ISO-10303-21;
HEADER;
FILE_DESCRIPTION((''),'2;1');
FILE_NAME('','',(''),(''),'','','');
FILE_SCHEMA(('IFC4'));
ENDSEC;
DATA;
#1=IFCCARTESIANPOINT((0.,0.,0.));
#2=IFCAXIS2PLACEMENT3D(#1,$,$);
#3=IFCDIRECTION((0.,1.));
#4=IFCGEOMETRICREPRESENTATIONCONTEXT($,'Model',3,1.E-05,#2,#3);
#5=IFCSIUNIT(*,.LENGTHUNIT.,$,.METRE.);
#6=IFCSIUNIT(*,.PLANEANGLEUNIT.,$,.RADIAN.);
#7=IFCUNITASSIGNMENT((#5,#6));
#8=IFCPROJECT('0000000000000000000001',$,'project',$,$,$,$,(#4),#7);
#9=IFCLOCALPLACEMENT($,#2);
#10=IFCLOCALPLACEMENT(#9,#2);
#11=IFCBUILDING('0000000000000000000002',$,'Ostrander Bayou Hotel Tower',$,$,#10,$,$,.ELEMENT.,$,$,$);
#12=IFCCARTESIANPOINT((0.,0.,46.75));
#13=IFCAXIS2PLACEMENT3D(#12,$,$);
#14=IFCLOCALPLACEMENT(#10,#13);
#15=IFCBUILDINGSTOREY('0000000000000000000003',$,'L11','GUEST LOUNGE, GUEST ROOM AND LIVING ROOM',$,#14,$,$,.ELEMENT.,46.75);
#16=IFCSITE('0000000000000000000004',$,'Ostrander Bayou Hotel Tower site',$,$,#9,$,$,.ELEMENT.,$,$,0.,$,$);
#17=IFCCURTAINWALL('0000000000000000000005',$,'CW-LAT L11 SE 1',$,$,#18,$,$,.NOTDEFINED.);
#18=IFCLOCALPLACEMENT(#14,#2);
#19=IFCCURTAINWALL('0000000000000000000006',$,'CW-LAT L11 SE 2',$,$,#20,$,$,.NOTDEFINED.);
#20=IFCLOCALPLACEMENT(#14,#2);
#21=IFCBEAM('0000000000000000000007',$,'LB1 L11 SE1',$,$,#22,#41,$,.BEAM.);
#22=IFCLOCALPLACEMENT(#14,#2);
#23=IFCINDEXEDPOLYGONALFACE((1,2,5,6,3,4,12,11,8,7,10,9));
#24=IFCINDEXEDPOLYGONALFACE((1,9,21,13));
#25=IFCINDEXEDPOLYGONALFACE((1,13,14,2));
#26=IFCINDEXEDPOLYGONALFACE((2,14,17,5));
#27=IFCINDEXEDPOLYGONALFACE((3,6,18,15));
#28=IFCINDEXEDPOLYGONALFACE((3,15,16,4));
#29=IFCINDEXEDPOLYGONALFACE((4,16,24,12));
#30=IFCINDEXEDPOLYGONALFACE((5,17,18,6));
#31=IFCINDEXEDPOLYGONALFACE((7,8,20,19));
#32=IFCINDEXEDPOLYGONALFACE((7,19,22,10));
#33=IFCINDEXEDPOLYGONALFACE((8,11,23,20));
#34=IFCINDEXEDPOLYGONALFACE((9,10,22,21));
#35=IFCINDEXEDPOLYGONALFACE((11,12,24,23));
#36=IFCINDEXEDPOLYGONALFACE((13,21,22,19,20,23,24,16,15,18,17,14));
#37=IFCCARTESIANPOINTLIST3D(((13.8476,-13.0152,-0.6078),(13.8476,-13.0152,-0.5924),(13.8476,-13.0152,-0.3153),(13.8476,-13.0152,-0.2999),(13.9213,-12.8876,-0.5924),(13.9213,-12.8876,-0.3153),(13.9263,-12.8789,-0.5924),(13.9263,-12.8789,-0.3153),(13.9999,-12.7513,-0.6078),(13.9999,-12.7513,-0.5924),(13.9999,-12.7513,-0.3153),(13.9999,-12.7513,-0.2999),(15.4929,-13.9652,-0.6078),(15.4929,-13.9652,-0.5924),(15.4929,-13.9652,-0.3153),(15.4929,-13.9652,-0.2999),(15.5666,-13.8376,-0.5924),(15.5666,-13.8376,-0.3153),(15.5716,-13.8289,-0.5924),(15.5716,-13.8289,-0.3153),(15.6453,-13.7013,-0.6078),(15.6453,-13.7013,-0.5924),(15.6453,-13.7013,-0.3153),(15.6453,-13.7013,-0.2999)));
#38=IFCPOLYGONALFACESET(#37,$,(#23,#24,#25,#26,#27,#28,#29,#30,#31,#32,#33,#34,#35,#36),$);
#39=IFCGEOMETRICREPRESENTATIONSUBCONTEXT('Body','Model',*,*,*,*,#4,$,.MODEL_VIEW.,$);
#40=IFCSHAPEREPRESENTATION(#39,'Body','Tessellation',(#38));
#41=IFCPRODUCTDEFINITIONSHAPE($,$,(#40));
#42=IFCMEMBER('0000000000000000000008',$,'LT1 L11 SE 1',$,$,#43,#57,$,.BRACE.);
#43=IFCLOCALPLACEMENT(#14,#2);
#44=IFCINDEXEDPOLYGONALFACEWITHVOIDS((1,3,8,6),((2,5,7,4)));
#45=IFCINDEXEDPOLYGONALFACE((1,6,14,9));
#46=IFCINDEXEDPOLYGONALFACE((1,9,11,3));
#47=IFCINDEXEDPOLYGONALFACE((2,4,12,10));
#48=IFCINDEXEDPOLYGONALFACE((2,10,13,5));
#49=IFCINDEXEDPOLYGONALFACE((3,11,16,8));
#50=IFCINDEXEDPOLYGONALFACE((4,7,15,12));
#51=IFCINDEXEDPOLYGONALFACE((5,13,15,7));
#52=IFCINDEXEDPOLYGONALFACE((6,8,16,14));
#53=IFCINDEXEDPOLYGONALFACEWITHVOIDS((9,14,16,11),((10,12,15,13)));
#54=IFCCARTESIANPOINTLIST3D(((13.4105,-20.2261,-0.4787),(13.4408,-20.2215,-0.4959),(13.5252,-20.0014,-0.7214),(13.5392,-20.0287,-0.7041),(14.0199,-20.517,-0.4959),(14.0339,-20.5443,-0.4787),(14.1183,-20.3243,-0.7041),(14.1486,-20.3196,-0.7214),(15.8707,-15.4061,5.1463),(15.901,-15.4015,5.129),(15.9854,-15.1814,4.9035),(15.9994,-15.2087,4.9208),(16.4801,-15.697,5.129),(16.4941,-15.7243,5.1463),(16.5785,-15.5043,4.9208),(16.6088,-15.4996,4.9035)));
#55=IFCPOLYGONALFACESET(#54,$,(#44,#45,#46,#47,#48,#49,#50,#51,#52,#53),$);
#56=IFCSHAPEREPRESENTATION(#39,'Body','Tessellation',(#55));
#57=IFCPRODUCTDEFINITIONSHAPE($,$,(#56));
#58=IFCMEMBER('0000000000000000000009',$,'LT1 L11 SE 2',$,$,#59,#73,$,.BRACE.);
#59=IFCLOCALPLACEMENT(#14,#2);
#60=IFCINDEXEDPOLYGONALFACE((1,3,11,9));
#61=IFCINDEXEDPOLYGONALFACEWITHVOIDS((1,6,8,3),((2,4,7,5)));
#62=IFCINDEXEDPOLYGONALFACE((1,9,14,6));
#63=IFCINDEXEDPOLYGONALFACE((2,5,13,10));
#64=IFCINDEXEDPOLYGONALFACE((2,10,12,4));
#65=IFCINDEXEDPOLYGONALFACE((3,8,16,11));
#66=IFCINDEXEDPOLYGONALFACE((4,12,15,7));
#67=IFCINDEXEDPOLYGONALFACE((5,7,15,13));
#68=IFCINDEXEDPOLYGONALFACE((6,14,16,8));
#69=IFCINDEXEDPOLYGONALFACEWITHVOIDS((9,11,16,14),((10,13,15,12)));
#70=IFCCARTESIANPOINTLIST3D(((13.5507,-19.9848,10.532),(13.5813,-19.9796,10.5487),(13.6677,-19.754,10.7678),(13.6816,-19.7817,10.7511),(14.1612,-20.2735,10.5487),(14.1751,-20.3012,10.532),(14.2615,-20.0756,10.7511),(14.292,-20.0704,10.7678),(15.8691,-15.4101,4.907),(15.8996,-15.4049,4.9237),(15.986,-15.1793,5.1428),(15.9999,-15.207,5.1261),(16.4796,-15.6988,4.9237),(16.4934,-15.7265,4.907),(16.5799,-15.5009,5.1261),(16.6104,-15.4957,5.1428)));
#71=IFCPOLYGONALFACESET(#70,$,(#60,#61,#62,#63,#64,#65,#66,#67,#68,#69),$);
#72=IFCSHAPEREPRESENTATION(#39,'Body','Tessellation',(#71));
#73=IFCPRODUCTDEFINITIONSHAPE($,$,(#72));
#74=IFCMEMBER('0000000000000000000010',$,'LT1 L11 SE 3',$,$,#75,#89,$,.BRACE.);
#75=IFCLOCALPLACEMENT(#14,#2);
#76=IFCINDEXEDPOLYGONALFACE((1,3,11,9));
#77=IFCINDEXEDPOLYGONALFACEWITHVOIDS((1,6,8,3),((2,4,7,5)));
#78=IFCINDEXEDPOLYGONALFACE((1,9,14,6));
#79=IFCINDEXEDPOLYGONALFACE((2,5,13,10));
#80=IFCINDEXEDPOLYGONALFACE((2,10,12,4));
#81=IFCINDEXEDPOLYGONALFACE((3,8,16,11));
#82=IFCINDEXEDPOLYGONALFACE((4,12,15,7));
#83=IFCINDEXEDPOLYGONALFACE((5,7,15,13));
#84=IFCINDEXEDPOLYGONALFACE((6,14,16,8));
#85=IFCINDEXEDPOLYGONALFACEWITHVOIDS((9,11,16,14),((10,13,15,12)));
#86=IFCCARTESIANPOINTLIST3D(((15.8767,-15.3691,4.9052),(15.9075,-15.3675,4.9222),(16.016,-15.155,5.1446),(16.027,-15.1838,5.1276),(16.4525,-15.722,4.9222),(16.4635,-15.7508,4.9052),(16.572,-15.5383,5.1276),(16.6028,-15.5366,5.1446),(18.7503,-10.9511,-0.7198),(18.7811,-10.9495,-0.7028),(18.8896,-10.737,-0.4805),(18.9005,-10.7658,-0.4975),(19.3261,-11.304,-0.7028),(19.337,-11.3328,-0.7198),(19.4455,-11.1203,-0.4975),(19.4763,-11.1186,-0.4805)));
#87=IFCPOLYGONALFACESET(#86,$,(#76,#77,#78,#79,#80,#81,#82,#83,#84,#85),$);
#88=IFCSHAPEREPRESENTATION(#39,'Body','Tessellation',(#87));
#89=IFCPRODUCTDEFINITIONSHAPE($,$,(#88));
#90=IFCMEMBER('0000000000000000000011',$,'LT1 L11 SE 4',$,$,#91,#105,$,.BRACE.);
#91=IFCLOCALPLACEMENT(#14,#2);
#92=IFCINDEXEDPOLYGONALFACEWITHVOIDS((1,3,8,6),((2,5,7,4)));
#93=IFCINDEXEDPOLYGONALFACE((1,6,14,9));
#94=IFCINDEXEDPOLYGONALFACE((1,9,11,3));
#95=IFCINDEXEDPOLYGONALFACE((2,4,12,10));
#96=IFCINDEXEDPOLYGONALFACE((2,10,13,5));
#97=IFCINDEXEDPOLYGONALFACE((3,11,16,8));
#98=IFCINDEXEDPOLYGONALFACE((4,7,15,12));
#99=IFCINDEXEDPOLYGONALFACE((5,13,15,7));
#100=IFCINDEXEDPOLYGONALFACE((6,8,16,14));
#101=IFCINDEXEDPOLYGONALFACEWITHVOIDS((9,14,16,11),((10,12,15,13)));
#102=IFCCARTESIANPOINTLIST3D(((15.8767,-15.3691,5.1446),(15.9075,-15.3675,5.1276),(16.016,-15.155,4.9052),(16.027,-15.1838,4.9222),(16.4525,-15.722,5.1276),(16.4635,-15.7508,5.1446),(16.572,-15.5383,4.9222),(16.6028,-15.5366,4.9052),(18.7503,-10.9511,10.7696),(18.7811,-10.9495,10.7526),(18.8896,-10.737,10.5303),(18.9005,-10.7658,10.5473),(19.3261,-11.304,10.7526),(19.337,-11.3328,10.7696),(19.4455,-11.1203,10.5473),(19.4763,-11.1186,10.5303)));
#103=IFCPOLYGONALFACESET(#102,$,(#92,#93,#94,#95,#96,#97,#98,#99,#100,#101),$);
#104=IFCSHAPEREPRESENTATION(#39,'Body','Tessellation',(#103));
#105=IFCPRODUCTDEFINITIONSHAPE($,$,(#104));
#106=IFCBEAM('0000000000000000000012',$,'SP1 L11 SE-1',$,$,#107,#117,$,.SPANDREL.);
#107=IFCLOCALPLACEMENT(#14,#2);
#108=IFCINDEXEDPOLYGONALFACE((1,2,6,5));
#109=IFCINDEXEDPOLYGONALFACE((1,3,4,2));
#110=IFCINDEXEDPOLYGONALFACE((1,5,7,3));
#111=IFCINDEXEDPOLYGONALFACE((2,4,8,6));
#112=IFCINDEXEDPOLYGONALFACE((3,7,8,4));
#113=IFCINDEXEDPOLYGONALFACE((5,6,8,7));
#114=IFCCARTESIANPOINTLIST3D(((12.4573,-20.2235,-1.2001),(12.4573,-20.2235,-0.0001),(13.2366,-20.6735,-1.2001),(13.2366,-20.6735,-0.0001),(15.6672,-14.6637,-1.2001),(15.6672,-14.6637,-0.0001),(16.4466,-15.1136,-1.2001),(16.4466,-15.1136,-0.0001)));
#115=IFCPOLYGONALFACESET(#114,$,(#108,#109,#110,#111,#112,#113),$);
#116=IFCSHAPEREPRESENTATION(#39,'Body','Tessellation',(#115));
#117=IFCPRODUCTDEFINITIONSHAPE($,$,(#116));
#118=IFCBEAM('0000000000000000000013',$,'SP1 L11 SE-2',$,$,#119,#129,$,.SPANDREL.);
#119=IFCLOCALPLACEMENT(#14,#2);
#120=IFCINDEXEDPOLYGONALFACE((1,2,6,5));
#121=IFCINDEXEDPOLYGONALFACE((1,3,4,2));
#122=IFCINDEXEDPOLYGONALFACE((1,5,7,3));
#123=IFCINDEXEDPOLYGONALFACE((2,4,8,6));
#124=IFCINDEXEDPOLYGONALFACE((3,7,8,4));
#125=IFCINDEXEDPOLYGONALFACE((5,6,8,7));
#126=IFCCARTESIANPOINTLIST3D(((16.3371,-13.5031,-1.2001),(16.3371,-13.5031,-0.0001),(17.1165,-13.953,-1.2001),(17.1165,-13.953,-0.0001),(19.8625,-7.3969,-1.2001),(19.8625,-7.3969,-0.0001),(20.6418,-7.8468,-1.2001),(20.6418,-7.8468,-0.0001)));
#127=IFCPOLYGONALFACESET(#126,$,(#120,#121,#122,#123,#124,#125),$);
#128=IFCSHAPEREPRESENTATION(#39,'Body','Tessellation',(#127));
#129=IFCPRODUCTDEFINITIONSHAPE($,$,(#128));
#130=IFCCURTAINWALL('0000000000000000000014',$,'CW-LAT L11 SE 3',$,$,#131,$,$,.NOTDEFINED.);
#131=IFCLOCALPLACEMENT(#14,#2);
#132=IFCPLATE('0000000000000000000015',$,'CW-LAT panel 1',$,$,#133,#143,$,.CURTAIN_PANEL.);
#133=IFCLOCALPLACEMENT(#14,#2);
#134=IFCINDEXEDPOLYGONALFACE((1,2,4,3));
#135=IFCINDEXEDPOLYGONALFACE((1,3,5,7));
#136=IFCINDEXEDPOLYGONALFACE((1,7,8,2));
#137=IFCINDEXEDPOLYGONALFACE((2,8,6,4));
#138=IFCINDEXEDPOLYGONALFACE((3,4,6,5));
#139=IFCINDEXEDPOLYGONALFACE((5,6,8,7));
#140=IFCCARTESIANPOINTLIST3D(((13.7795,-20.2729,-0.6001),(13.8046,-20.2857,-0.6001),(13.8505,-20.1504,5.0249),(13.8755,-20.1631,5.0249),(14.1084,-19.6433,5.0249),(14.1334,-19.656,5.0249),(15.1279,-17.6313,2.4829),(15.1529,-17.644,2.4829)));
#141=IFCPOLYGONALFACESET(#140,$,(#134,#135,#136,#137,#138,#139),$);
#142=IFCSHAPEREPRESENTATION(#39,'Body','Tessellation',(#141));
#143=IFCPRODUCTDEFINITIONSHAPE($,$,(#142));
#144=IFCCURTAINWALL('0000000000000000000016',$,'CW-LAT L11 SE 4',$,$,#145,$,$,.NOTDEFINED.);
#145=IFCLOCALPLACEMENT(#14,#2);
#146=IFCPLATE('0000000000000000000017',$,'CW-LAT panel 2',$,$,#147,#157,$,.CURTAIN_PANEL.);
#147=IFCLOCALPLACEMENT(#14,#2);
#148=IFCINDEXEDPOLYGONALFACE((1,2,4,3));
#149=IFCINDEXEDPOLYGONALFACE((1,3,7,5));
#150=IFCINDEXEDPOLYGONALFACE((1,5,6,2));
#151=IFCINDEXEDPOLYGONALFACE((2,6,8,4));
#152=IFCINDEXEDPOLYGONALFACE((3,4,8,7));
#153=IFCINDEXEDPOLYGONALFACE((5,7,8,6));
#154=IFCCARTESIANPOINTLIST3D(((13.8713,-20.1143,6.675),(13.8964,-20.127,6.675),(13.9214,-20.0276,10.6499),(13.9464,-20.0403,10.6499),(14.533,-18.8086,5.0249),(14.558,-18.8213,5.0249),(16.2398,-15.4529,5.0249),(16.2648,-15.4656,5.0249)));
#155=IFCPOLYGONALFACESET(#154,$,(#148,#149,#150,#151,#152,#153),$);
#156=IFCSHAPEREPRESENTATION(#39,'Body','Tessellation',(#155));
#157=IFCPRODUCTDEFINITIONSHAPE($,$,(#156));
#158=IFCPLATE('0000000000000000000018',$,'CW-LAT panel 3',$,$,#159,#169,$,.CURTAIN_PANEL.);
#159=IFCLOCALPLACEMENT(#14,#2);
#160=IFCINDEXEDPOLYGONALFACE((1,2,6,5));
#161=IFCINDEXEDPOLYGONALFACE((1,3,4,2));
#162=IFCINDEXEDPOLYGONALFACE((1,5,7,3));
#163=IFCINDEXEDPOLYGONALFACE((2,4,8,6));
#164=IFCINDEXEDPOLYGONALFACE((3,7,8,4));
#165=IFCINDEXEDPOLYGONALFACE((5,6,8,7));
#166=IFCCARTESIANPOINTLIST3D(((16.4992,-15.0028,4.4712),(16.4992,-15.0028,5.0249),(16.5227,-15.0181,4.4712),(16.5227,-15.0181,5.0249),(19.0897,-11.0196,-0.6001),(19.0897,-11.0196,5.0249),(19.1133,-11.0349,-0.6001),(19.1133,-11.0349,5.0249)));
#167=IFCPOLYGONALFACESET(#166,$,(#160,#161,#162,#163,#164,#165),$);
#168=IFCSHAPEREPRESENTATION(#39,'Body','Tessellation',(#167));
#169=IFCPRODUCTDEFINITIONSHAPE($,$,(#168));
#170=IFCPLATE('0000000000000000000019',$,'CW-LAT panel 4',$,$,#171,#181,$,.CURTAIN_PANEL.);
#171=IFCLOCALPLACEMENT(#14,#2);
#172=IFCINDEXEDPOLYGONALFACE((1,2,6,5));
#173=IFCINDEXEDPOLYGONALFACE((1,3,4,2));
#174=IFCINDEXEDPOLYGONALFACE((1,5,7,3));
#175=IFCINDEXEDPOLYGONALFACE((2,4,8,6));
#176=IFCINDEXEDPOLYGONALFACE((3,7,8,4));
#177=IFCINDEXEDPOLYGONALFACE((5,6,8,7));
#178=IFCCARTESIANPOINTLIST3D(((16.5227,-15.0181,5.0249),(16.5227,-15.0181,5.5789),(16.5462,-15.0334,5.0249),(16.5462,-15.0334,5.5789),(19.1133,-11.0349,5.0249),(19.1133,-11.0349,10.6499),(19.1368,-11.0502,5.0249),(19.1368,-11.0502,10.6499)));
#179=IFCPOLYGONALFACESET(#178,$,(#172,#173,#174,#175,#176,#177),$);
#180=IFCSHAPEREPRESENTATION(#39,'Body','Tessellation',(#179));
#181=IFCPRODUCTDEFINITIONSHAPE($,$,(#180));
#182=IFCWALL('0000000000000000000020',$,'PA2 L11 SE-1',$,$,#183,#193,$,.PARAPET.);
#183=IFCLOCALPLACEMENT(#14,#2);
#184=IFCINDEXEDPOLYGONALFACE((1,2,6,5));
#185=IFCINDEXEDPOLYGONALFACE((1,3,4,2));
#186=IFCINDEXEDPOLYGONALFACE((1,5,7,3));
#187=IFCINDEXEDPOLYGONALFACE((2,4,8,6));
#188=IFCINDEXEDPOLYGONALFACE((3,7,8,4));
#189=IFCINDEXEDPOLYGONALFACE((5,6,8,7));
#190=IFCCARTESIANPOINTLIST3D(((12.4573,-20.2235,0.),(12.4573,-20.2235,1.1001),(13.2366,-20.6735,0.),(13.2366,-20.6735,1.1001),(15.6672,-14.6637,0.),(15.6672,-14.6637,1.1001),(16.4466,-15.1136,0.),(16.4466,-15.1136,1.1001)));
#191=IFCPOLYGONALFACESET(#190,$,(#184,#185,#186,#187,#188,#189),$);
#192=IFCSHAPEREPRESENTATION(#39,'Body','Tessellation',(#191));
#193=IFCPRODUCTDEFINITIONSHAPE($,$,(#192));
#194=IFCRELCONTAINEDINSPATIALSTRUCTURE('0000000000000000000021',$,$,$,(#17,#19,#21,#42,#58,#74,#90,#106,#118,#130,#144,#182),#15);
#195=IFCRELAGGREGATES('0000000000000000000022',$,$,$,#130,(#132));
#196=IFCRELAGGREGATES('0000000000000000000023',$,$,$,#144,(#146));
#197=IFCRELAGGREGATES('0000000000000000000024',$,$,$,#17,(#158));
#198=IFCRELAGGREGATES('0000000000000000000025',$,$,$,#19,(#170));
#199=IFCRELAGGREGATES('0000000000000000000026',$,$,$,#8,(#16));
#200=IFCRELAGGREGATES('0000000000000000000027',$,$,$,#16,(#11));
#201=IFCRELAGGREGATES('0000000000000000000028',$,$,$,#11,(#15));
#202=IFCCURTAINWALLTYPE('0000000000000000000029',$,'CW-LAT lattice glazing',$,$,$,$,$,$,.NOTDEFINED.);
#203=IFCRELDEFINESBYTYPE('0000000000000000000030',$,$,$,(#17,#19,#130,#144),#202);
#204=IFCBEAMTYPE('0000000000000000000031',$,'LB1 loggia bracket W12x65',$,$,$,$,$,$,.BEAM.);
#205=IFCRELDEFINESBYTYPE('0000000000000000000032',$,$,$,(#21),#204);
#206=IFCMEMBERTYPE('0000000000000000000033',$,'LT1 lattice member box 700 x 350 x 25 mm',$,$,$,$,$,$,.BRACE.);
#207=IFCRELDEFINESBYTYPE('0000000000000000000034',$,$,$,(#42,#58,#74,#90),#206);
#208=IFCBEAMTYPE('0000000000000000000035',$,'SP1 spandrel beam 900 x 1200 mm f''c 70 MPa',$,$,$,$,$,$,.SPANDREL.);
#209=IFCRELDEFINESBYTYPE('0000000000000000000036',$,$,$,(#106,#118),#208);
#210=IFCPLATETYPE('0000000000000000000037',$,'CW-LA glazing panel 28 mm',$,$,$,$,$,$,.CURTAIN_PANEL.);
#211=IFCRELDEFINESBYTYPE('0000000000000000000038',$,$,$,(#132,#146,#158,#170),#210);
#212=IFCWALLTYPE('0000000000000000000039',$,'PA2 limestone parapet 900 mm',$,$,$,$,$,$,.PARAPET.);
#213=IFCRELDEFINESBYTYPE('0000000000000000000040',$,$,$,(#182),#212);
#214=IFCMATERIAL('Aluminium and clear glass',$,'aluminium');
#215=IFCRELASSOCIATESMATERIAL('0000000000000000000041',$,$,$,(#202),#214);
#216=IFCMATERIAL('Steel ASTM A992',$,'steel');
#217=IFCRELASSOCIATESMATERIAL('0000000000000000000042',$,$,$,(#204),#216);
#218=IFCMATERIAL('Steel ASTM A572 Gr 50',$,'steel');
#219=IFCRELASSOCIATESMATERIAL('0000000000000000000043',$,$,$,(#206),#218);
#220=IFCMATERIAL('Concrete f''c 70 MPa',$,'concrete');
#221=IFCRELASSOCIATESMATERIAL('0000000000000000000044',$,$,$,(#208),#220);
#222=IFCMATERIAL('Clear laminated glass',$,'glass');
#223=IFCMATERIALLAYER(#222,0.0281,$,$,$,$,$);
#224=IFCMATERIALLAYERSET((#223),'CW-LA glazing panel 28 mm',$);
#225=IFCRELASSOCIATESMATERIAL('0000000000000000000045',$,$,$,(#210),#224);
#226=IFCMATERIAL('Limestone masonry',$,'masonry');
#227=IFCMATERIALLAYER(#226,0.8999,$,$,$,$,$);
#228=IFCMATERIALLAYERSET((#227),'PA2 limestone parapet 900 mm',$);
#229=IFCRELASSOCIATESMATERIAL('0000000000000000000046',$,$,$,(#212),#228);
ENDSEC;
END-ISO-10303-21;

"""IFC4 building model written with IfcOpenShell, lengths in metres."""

from ifc_helpers import new_model, si_unit, direction, frame, frame_2d, origin, origin_2d, place, context, subcontext, project, spatial, polyline, rectangle, hollow_rectangle, i_section, outline, extrude, material, layer, layer_set, material_profile, profile_set, type_object, element, aggregate, save


model = new_model("IFC4")

# Units and contexts
model_context = context("Model", 3, precision=1e-05, world=origin(), true_north=direction((0.0, 1.0)))
body_context = subcontext(model_context, "Body", "Model", "MODEL_VIEW")
ifc_project = project(units=[si_unit("LENGTHUNIT", "METRE"), si_unit("PLANEANGLEUNIT", "RADIAN")], contexts=[model_context])

# Site, building, storey
site_placement = place(None, origin())
site = spatial("IfcSite", under=ifc_project, at=site_placement, Name="Ostrander Bayou Hotel Tower site", CompositionType="ELEMENT", RefElevation=0.0)
building_placement = place(site_placement, origin())
building = spatial("IfcBuilding", under=site, at=building_placement, Name="Ostrander Bayou Hotel Tower", CompositionType="ELEMENT")
storey_placement = place(building_placement, frame((0.0, 0.0, 46.75)))
storey = spatial("IfcBuildingStorey", under=building, at=storey_placement, Name="L11", Description="GUEST LOUNGE, GUEST ROOM AND LIVING ROOM", CompositionType="ELEMENT", Elevation=46.75)

# Curtain walls
ifc_material_1 = material(Name="Aluminium and clear glass", Category="aluminium")
curtain_wall_type = type_object("IfcCurtainWallType", Name="CW-LAT lattice glazing", PredefinedType="NOTDEFINED", material=ifc_material_1)
curtain_wall_1_placement = place(storey_placement, origin())
curtain_wall_1 = element("IfcCurtainWall", 1, at=curtain_wall_1_placement, inside=storey, type_object=curtain_wall_type, Name="CW-LAT L11 SE 1", PredefinedType="NOTDEFINED")
curtain_wall_2_placement = place(storey_placement, origin())
curtain_wall_2 = element("IfcCurtainWall", 2, at=curtain_wall_2_placement, inside=storey, type_object=curtain_wall_type, Name="CW-LAT L11 SE 2", PredefinedType="NOTDEFINED")

# Beam
ifc_material_2 = material(Name="Steel ASTM A992", Category="steel")
ifc_material_profile_1 = material_profile(ifc_material_2, i_section(OverallWidth=0.3047, OverallDepth=0.3079, WebThickness=0.01, FlangeThickness=0.0154, at=origin_2d()))
ifc_profile_set_1 = profile_set([ifc_material_profile_1], Name="Steel ASTM A992")
beam_type_1 = type_object("IfcBeamType", Name="LB1 loggia bracket W12x65", PredefinedType="BEAM", material=ifc_profile_set_1)
beam_1_placement = place(storey_placement, frame((15.5691, -13.8333, -0.4539), z_axis=(-0.866012, 0.500023, 0.0), x_axis=(-0.500023, -0.866012, 0.0)))
element("IfcBeam", 3, at=beam_1_placement, inside=storey, type_object=beam_type_1, Name="LB1 L11 SE1", PredefinedType="BEAM", context=body_context, shape_type="SweptSolid", body=[
    extrude(i_section(OverallWidth=0.3047, OverallDepth=0.3079, WebThickness=0.01, FlangeThickness=0.0154, at=origin_2d()), origin(), (0.0, 0.0, 1.0), 1.8999),
])

# Members
ifc_material_3 = material(Name="Steel ASTM A572 Gr 50", Category="steel")
ifc_material_profile_2 = material_profile(ifc_material_3, hollow_rectangle(XDim=0.7, YDim=0.3501, WallThickness=0.0249, at=origin_2d()))
ifc_profile_set_2 = profile_set([ifc_material_profile_2], Name="Steel ASTM A572 Gr 50")
member_type_1 = type_object("IfcMemberType", Name="LT1 lattice member box 700 x 350 x 25 mm", PredefinedType="BRACE", material=ifc_profile_set_2)
member_1_placement = place(storey_placement, frame((16.2397, -15.4529, 5.0249), z_axis=(-0.315187, -0.61752, -0.720643), x_axis=(0.890688, -0.454615, 0.0)))
element("IfcMember", 4, at=member_1_placement, inside=storey, type_object=member_type_1, Name="LT1 L11 SE 1", PredefinedType="BRACE", context=body_context, shape_type="SweptSolid", body=[
    extrude(hollow_rectangle(XDim=0.7, YDim=0.3501, WallThickness=0.0249, at=origin_2d()), origin(), (0.0, 0.0, 1.0), 7.8054),
])
member_2_placement = place(storey_placement, frame((16.2397, -15.4529, 5.0249), z_axis=(-0.304564, -0.600982, 0.73896), x_axis=(0.891996, -0.452044, 0.0)))
element("IfcMember", 5, at=member_2_placement, inside=storey, type_object=member_type_1, Name="LT1 L11 SE 2", PredefinedType="BRACE", context=body_context, shape_type="SweptSolid", body=[
    extrude(hollow_rectangle(XDim=0.7, YDim=0.3501, WallThickness=0.0249, at=origin_2d()), origin(), (0.0, 0.0, 1.0), 7.6121),
])
for number, where, z_axis, x_axis, name in (
    (6, (16.2397, -15.4529, 5.0249), (0.37279, 0.573152, -0.729743), (-0.838283, 0.545236, 0.0), "LT1 L11 SE 3"),
    (7, (16.2397, -15.4529, 5.0249), (0.37279, 0.573152, 0.729743), (-0.838283, 0.545236, 0.0), "LT1 L11 SE 4"),
):
    element("IfcMember", number, at=place(storey_placement, frame(where, z_axis=z_axis, x_axis=x_axis)), inside=storey, type_object=member_type_1, Name=name, PredefinedType="BRACE", context=body_context, shape_type="SweptSolid", body=[
        extrude(hollow_rectangle(XDim=0.7, YDim=0.3501, WallThickness=0.0249, at=origin_2d()), origin(), (0.0, 0.0, 1.0), 7.7083),
    ])

# Beams
ifc_material_4 = material(Name="Concrete f'c 70 MPa", Category="concrete")
ifc_material_profile_3 = material_profile(ifc_material_4, rectangle(XDim=0.8999, YDim=1.2, at=origin_2d()))
ifc_profile_set_3 = profile_set([ifc_material_profile_3], Name="Concrete f'c 70 MPa")
beam_type_2 = type_object("IfcBeamType", Name="SP1 spandrel beam 900 x 1200 mm f'c 70 MPa", PredefinedType="SPANDREL", material=ifc_profile_set_3)
beam_2_placement = place(storey_placement, frame((12.8469, -20.4485, -0.6001), z_axis=(0.5, 0.866025, 0.0), x_axis=(-0.866025, 0.5, 0.0)))
element("IfcBeam", 8, at=beam_2_placement, inside=storey, type_object=beam_type_2, Name="SP1 L11 SE-1", PredefinedType="SPANDREL", context=body_context, shape_type="SweptSolid", body=[
    extrude(rectangle(XDim=0.8999, YDim=1.2, at=origin_2d()), origin(), (0.0, 0.0, 1.0), 6.4199),
])
beam_3_placement = place(storey_placement, frame((16.7268, -13.728, -0.6001), z_axis=(0.499997, 0.866027, 0.0), x_axis=(-0.866027, 0.499997, 0.0)))
element("IfcBeam", 9, at=beam_3_placement, inside=storey, type_object=beam_type_2, Name="SP1 L11 SE-2", PredefinedType="SPANDREL", context=body_context, shape_type="SweptSolid", body=[
    extrude(rectangle(XDim=0.8999, YDim=1.2, at=origin_2d()), origin(), (0.0, 0.0, 1.0), 7.0508),
])

# Curtain walls, plates
curtain_wall_3_placement = place(storey_placement, origin())
curtain_wall_3 = element("IfcCurtainWall", 10, at=curtain_wall_3_placement, inside=storey, type_object=curtain_wall_type, Name="CW-LAT L11 SE 3", PredefinedType="NOTDEFINED")
ifc_material_5 = material(Name="Clear laminated glass", Category="glass")
ifc_layer_1 = layer(ifc_material_5, 0.0281)
ifc_layer_set_1 = layer_set([ifc_layer_1], Name="CW-LA glazing panel 28 mm")
plate_type = type_object("IfcPlateType", Name="CW-LA glazing panel 28 mm", PredefinedType="CURTAIN_PANEL", material=ifc_layer_set_1)
plate_1_placement = place(storey_placement, frame((13.7795, -20.2729, -0.6001), z_axis=(-0.891332, 0.453349, 0.001364), x_axis=(0.012612, 0.021788, 0.999683)))
plate_1 = element("IfcPlate", 11, at=plate_1_placement, type_object=plate_type, Name="CW-LAT panel 1", PredefinedType="CURTAIN_PANEL", context=body_context, shape_type="SweptSolid", body=[
    extrude(outline(polyline([(0.0, 0.0), (5.6268, 0.0), (5.6411, 0.5687), (3.1566, 2.8874), (0.0, 0.0)])), origin(), (0.0, 0.0, -1.0), 0.0281),
])
aggregate(curtain_wall_3, [plate_1])
curtain_wall_4_placement = place(storey_placement, origin())
curtain_wall_4 = element("IfcCurtainWall", 12, at=curtain_wall_4_placement, inside=storey, type_object=curtain_wall_type, Name="CW-LAT L11 SE 4", PredefinedType="NOTDEFINED")
plate_2_placement = place(storey_placement, frame((13.9214, -20.0276, 10.6499), z_axis=(-0.891331, 0.453351, 0.001337), x_axis=(0.304565, 0.600982, -0.73896)))
plate_2 = element("IfcPlate", 13, at=plate_2_placement, type_object=plate_type, Name="CW-LAT panel 2", PredefinedType="CURTAIN_PANEL", context=body_context, shape_type="SweptSolid", body=[
    extrude(outline(polyline([(0.0, 0.0), (7.6121, 0.0), (5.0755, 2.7821), (2.8699, 2.7519), (0.0, 0.0)])), origin(), (0.0, 0.0, -1.0), 0.0281),
])
aggregate(curtain_wall_4, [plate_2])

# Plates
plate_3_placement = place(storey_placement, frame((16.5227, -15.0181, 4.4712), z_axis=(0.838297, -0.545214, 0.0), x_axis=(0.372775, 0.573163, -0.729742)))
plate_3 = element("IfcPlate", 14, at=plate_3_placement, type_object=plate_type, Name="CW-LAT panel 3", PredefinedType="CURTAIN_PANEL", context=body_context, shape_type="SweptSolid", body=[
    extrude(outline(polyline([(0.0, 0.0), (6.9494, 0.0), (2.8446, 3.8459), (-0.4041, 0.3786), (0.0, 0.0)])), origin(), (0.0, 0.0, -1.0), 0.0281),
])
aggregate(curtain_wall_1, [plate_3])
plate_4_placement = place(storey_placement, frame((16.5227, -15.0181, 5.5789), z_axis=(-0.838297, 0.545214, 0.0), x_axis=(0.372785, 0.573177, 0.729725)))
plate_4 = element("IfcPlate", 15, at=plate_4_placement, type_object=plate_type, Name="CW-LAT panel 4", PredefinedType="CURTAIN_PANEL", context=body_context, shape_type="SweptSolid", body=[
    extrude(outline(polyline([(0.0, 0.0), (6.9493, 0.0), (2.8445, 3.846), (-0.4042, 0.3788), (0.0, 0.0)])), origin(), (0.0, 0.0, -1.0), 0.0281),
])
aggregate(curtain_wall_2, [plate_4])

# Wall
ifc_material_6 = material(Name="Limestone masonry", Category="masonry")
ifc_layer_2 = layer(ifc_material_6, 0.8999)
ifc_layer_set_2 = layer_set([ifc_layer_2], Name="PA2 limestone parapet 900 mm")
wall_type = type_object("IfcWallType", Name="PA2 limestone parapet 900 mm", PredefinedType="PARAPET", material=ifc_layer_set_2)
wall_1_placement = place(storey_placement, frame((12.8469, -20.4485, 0.0), z_axis=(0.0, 0.0, 1.0), x_axis=(0.5, 0.866025, 0.0)))
element("IfcWall", 16, at=wall_1_placement, inside=storey, type_object=wall_type, Name="PA2 L11 SE-1", PredefinedType="PARAPET", context=body_context, shape_type="SweptSolid", body=[
    extrude(rectangle(XDim=6.4199, YDim=0.8999, at=frame_2d((3.21, 0.0))), origin(), (0.0, 0.0, 1.0), 1.1001),
])

save(model, "model.ifc")
